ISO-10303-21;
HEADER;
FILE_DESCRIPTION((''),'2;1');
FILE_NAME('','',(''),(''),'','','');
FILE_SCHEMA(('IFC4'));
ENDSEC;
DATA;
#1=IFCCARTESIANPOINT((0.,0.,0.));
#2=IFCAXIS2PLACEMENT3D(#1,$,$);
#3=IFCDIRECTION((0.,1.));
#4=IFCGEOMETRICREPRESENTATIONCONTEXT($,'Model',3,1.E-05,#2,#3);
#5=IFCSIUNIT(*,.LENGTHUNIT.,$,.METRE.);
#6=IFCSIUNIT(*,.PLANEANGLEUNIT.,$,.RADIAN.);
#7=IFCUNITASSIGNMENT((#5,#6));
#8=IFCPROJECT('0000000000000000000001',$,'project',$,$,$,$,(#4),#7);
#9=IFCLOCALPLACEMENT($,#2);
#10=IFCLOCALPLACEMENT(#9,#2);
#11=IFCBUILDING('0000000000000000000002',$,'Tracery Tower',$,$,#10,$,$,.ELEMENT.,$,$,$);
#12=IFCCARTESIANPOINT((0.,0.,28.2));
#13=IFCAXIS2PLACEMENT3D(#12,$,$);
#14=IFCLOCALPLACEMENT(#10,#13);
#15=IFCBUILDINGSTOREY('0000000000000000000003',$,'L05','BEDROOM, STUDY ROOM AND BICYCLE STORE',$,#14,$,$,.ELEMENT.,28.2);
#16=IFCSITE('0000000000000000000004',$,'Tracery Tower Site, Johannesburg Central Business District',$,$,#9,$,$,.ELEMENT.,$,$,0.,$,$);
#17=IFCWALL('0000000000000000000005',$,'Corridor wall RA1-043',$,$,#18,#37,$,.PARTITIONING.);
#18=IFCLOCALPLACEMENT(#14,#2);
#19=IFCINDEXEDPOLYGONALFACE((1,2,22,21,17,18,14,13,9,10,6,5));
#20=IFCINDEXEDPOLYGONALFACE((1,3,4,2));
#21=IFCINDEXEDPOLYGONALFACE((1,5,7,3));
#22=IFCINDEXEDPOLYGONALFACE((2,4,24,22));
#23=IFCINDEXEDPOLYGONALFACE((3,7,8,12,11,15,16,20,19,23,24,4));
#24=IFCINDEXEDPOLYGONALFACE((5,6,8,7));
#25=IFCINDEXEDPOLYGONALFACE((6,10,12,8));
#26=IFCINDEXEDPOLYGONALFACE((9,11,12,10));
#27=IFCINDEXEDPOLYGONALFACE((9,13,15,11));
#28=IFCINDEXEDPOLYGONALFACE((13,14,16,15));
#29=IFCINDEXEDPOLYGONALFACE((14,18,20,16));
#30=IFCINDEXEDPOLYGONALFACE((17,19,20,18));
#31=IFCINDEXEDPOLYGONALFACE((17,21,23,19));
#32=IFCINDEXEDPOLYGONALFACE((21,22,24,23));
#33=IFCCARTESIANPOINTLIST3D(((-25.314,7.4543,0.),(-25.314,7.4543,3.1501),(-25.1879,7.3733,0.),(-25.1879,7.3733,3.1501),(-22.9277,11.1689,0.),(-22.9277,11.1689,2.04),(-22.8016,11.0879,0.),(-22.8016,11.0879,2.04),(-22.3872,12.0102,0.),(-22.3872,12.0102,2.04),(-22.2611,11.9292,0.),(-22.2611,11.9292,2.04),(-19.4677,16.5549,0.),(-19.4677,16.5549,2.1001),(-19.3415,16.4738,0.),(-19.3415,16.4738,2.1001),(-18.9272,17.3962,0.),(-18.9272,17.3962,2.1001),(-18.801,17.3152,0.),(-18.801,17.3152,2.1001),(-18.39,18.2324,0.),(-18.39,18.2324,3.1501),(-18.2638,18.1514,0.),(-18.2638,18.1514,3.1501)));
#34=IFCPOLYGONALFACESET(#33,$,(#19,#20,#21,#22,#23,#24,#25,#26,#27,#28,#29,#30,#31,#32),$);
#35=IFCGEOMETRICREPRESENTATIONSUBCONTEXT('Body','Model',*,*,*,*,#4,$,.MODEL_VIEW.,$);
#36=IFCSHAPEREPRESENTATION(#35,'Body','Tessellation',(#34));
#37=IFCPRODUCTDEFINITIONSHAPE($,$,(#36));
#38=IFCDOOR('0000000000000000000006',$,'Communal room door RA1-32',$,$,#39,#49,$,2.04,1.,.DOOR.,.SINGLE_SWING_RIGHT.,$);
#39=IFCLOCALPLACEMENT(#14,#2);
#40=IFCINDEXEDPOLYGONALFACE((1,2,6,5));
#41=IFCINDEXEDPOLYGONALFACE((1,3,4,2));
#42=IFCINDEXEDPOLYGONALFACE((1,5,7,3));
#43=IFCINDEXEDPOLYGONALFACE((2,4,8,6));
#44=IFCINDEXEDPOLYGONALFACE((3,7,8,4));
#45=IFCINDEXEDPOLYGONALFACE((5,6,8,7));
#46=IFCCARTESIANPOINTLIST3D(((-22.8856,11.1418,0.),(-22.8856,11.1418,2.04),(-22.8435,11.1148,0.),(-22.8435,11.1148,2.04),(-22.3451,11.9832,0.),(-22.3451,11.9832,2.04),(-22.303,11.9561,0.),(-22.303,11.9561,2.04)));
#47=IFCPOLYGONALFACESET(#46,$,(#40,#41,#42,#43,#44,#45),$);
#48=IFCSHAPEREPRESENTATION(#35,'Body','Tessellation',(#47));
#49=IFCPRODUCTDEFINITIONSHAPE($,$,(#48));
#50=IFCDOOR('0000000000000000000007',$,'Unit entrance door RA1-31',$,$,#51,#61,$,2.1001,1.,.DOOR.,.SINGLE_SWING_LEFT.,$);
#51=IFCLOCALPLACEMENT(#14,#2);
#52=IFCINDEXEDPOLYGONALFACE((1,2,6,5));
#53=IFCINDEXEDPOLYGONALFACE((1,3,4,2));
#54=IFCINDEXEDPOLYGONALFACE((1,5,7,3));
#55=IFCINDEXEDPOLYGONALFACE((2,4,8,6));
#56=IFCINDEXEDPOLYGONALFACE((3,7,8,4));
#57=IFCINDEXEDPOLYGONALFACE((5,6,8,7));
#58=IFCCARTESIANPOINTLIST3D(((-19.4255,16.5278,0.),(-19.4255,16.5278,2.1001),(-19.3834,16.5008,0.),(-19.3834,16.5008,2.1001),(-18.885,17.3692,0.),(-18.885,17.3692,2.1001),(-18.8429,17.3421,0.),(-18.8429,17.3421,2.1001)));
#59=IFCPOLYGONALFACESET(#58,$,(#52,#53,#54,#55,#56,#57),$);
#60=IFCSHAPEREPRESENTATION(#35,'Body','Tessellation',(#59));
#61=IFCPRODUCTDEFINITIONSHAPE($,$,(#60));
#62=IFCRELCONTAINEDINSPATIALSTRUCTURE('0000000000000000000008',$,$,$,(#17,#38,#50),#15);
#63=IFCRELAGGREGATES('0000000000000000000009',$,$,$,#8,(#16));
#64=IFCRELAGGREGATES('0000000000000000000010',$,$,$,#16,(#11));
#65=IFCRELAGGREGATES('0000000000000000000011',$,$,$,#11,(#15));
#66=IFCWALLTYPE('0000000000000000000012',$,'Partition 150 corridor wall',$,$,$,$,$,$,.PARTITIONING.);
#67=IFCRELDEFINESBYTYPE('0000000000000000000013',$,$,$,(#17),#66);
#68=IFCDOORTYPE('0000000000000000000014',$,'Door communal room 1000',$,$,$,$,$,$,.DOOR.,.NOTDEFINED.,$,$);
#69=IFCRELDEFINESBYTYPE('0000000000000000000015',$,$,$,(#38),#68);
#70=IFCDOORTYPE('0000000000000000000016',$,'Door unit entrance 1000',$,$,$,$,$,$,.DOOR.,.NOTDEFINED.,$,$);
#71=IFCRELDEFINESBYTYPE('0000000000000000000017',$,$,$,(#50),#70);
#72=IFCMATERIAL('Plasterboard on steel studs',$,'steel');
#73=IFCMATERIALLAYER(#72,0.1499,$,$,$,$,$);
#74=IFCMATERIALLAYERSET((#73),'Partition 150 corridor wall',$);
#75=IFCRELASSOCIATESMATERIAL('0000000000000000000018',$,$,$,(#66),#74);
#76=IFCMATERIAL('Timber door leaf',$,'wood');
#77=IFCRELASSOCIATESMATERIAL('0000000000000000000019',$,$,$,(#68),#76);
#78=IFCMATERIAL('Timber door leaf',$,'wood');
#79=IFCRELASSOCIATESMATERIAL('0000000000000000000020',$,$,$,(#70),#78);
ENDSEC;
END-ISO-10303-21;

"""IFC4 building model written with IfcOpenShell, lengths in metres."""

from ifc_helpers import new_model, si_unit, direction, frame, frame_2d, origin, place, context, subcontext, project, spatial, rectangle, extrude, material, layer, layer_set, type_object, element, fill, save


model = new_model("IFC4")

# Units and contexts
model_context = context("Model", 3, precision=1e-05, world=origin(), true_north=direction((0.0, 1.0)))
body_context = subcontext(model_context, "Body", "Model", "MODEL_VIEW")
ifc_project = project(units=[si_unit("LENGTHUNIT", "METRE"), si_unit("PLANEANGLEUNIT", "RADIAN")], contexts=[model_context])

# Site, building, storey
site_placement = place(None, origin())
site = spatial("IfcSite", under=ifc_project, at=site_placement, Name="Tracery Tower Site, Johannesburg Central Business District", CompositionType="ELEMENT", RefElevation=0.0)
building_placement = place(site_placement, origin())
building = spatial("IfcBuilding", under=site, at=building_placement, Name="Tracery Tower", CompositionType="ELEMENT")
storey_placement = place(building_placement, frame((0.0, 0.0, 28.2)))
storey = spatial("IfcBuildingStorey", under=building, at=storey_placement, Name="L05", Description="BEDROOM, STUDY ROOM AND BICYCLE STORE", CompositionType="ELEMENT", Elevation=28.2)

# Wall, openings, doors
ifc_material_1 = material(Name="Plasterboard on steel studs", Category="steel")
ifc_layer_1 = layer(ifc_material_1, 0.1499)
ifc_layer_set_1 = layer_set([ifc_layer_1], Name="Partition 150 corridor wall")
wall_type_1 = type_object("IfcWallType", Name="Partition 150 corridor wall", PredefinedType="PARTITIONING", material=ifc_layer_set_1)
wall_1_placement = place(storey_placement, frame((-25.251, 7.4138, 0.0), z_axis=(0.0, 0.0, 1.0), x_axis=(0.540498, 0.841345, 0.0)))
wall_1 = element("IfcWall", 1, at=wall_1_placement, inside=storey, type_object=wall_type_1, Name="Corridor wall RA1-043", PredefinedType="PARTITIONING", context=body_context, shape_type="SweptSolid", body=[
    extrude(rectangle(XDim=12.8105, YDim=0.1499, at=frame_2d((6.4053, 0.0))), origin(), (0.0, 0.0, 1.0), 3.1501),
])
opening_1_placement = place(wall_1_placement, frame((10.8167, 0.0, 0.0)))
opening_1 = element("IfcOpeningElement", 2, at=opening_1_placement, cuts=wall_1, PredefinedType="OPENING", context=body_context, shape_type="SweptSolid", body=[
    extrude(rectangle(XDim=1.0, YDim=2.1001, at=frame_2d((0.5, 1.05))), frame((0.0, 0.075, 0.0), z_axis=(0.0, -1.0, 0.0), x_axis=(1.0, 0.0, 0.0)), (0.0, 0.0, 1.0), 0.1499),
])
opening_2_placement = place(wall_1_placement, frame((4.415, 0.0, 0.0)))
opening_2 = element("IfcOpeningElement", 3, at=opening_2_placement, cuts=wall_1, PredefinedType="OPENING", context=body_context, shape_type="SweptSolid", body=[
    extrude(rectangle(XDim=1.0, YDim=2.04, at=frame_2d((0.5, 1.02))), frame((0.0, 0.075, 0.0), z_axis=(0.0, -1.0, 0.0), x_axis=(1.0, 0.0, 0.0)), (0.0, 0.0, 1.0), 0.1499),
])
ifc_material_2 = material(Name="Timber door leaf", Category="wood")
door_type_1 = type_object("IfcDoorType", Name="Door communal room 1000", OperationType="NOTDEFINED", PredefinedType="DOOR", material=ifc_material_2)
door_1_placement = place(opening_2_placement, origin())
door_1 = element("IfcDoor", 4, at=door_1_placement, inside=storey, type_object=door_type_1, Name="Communal room door RA1-32", OperationType="SINGLE_SWING_RIGHT", OverallHeight=2.04, OverallWidth=1.0, PredefinedType="DOOR", context=body_context, shape_type="SweptSolid", body=[
    extrude(rectangle(XDim=1.0, YDim=2.04, at=frame_2d((0.5, 1.02))), frame((0.0, 0.0249, 0.0), z_axis=(0.0, -1.0, 0.0), x_axis=(1.0, 0.0, 0.0)), (0.0, 0.0, 1.0), 0.05),
])
fill(opening_2, door_1)
ifc_material_3 = material(Name="Timber door leaf", Category="wood")
door_type_2 = type_object("IfcDoorType", Name="Door unit entrance 1000", OperationType="NOTDEFINED", PredefinedType="DOOR", material=ifc_material_3)
door_2_placement = place(opening_1_placement, origin())
door_2 = element("IfcDoor", 5, at=door_2_placement, inside=storey, type_object=door_type_2, Name="Unit entrance door RA1-31", OperationType="SINGLE_SWING_LEFT", OverallHeight=2.1001, OverallWidth=1.0, PredefinedType="DOOR", context=body_context, shape_type="SweptSolid", body=[
    extrude(rectangle(XDim=1.0, YDim=2.1001, at=frame_2d((0.5, 1.05))), frame((0.0, 0.0249, 0.0), z_axis=(0.0, -1.0, 0.0), x_axis=(1.0, 0.0, 0.0)), (0.0, 0.0, 1.0), 0.05),
])
fill(opening_1, door_2)

save(model, "model.ifc")
